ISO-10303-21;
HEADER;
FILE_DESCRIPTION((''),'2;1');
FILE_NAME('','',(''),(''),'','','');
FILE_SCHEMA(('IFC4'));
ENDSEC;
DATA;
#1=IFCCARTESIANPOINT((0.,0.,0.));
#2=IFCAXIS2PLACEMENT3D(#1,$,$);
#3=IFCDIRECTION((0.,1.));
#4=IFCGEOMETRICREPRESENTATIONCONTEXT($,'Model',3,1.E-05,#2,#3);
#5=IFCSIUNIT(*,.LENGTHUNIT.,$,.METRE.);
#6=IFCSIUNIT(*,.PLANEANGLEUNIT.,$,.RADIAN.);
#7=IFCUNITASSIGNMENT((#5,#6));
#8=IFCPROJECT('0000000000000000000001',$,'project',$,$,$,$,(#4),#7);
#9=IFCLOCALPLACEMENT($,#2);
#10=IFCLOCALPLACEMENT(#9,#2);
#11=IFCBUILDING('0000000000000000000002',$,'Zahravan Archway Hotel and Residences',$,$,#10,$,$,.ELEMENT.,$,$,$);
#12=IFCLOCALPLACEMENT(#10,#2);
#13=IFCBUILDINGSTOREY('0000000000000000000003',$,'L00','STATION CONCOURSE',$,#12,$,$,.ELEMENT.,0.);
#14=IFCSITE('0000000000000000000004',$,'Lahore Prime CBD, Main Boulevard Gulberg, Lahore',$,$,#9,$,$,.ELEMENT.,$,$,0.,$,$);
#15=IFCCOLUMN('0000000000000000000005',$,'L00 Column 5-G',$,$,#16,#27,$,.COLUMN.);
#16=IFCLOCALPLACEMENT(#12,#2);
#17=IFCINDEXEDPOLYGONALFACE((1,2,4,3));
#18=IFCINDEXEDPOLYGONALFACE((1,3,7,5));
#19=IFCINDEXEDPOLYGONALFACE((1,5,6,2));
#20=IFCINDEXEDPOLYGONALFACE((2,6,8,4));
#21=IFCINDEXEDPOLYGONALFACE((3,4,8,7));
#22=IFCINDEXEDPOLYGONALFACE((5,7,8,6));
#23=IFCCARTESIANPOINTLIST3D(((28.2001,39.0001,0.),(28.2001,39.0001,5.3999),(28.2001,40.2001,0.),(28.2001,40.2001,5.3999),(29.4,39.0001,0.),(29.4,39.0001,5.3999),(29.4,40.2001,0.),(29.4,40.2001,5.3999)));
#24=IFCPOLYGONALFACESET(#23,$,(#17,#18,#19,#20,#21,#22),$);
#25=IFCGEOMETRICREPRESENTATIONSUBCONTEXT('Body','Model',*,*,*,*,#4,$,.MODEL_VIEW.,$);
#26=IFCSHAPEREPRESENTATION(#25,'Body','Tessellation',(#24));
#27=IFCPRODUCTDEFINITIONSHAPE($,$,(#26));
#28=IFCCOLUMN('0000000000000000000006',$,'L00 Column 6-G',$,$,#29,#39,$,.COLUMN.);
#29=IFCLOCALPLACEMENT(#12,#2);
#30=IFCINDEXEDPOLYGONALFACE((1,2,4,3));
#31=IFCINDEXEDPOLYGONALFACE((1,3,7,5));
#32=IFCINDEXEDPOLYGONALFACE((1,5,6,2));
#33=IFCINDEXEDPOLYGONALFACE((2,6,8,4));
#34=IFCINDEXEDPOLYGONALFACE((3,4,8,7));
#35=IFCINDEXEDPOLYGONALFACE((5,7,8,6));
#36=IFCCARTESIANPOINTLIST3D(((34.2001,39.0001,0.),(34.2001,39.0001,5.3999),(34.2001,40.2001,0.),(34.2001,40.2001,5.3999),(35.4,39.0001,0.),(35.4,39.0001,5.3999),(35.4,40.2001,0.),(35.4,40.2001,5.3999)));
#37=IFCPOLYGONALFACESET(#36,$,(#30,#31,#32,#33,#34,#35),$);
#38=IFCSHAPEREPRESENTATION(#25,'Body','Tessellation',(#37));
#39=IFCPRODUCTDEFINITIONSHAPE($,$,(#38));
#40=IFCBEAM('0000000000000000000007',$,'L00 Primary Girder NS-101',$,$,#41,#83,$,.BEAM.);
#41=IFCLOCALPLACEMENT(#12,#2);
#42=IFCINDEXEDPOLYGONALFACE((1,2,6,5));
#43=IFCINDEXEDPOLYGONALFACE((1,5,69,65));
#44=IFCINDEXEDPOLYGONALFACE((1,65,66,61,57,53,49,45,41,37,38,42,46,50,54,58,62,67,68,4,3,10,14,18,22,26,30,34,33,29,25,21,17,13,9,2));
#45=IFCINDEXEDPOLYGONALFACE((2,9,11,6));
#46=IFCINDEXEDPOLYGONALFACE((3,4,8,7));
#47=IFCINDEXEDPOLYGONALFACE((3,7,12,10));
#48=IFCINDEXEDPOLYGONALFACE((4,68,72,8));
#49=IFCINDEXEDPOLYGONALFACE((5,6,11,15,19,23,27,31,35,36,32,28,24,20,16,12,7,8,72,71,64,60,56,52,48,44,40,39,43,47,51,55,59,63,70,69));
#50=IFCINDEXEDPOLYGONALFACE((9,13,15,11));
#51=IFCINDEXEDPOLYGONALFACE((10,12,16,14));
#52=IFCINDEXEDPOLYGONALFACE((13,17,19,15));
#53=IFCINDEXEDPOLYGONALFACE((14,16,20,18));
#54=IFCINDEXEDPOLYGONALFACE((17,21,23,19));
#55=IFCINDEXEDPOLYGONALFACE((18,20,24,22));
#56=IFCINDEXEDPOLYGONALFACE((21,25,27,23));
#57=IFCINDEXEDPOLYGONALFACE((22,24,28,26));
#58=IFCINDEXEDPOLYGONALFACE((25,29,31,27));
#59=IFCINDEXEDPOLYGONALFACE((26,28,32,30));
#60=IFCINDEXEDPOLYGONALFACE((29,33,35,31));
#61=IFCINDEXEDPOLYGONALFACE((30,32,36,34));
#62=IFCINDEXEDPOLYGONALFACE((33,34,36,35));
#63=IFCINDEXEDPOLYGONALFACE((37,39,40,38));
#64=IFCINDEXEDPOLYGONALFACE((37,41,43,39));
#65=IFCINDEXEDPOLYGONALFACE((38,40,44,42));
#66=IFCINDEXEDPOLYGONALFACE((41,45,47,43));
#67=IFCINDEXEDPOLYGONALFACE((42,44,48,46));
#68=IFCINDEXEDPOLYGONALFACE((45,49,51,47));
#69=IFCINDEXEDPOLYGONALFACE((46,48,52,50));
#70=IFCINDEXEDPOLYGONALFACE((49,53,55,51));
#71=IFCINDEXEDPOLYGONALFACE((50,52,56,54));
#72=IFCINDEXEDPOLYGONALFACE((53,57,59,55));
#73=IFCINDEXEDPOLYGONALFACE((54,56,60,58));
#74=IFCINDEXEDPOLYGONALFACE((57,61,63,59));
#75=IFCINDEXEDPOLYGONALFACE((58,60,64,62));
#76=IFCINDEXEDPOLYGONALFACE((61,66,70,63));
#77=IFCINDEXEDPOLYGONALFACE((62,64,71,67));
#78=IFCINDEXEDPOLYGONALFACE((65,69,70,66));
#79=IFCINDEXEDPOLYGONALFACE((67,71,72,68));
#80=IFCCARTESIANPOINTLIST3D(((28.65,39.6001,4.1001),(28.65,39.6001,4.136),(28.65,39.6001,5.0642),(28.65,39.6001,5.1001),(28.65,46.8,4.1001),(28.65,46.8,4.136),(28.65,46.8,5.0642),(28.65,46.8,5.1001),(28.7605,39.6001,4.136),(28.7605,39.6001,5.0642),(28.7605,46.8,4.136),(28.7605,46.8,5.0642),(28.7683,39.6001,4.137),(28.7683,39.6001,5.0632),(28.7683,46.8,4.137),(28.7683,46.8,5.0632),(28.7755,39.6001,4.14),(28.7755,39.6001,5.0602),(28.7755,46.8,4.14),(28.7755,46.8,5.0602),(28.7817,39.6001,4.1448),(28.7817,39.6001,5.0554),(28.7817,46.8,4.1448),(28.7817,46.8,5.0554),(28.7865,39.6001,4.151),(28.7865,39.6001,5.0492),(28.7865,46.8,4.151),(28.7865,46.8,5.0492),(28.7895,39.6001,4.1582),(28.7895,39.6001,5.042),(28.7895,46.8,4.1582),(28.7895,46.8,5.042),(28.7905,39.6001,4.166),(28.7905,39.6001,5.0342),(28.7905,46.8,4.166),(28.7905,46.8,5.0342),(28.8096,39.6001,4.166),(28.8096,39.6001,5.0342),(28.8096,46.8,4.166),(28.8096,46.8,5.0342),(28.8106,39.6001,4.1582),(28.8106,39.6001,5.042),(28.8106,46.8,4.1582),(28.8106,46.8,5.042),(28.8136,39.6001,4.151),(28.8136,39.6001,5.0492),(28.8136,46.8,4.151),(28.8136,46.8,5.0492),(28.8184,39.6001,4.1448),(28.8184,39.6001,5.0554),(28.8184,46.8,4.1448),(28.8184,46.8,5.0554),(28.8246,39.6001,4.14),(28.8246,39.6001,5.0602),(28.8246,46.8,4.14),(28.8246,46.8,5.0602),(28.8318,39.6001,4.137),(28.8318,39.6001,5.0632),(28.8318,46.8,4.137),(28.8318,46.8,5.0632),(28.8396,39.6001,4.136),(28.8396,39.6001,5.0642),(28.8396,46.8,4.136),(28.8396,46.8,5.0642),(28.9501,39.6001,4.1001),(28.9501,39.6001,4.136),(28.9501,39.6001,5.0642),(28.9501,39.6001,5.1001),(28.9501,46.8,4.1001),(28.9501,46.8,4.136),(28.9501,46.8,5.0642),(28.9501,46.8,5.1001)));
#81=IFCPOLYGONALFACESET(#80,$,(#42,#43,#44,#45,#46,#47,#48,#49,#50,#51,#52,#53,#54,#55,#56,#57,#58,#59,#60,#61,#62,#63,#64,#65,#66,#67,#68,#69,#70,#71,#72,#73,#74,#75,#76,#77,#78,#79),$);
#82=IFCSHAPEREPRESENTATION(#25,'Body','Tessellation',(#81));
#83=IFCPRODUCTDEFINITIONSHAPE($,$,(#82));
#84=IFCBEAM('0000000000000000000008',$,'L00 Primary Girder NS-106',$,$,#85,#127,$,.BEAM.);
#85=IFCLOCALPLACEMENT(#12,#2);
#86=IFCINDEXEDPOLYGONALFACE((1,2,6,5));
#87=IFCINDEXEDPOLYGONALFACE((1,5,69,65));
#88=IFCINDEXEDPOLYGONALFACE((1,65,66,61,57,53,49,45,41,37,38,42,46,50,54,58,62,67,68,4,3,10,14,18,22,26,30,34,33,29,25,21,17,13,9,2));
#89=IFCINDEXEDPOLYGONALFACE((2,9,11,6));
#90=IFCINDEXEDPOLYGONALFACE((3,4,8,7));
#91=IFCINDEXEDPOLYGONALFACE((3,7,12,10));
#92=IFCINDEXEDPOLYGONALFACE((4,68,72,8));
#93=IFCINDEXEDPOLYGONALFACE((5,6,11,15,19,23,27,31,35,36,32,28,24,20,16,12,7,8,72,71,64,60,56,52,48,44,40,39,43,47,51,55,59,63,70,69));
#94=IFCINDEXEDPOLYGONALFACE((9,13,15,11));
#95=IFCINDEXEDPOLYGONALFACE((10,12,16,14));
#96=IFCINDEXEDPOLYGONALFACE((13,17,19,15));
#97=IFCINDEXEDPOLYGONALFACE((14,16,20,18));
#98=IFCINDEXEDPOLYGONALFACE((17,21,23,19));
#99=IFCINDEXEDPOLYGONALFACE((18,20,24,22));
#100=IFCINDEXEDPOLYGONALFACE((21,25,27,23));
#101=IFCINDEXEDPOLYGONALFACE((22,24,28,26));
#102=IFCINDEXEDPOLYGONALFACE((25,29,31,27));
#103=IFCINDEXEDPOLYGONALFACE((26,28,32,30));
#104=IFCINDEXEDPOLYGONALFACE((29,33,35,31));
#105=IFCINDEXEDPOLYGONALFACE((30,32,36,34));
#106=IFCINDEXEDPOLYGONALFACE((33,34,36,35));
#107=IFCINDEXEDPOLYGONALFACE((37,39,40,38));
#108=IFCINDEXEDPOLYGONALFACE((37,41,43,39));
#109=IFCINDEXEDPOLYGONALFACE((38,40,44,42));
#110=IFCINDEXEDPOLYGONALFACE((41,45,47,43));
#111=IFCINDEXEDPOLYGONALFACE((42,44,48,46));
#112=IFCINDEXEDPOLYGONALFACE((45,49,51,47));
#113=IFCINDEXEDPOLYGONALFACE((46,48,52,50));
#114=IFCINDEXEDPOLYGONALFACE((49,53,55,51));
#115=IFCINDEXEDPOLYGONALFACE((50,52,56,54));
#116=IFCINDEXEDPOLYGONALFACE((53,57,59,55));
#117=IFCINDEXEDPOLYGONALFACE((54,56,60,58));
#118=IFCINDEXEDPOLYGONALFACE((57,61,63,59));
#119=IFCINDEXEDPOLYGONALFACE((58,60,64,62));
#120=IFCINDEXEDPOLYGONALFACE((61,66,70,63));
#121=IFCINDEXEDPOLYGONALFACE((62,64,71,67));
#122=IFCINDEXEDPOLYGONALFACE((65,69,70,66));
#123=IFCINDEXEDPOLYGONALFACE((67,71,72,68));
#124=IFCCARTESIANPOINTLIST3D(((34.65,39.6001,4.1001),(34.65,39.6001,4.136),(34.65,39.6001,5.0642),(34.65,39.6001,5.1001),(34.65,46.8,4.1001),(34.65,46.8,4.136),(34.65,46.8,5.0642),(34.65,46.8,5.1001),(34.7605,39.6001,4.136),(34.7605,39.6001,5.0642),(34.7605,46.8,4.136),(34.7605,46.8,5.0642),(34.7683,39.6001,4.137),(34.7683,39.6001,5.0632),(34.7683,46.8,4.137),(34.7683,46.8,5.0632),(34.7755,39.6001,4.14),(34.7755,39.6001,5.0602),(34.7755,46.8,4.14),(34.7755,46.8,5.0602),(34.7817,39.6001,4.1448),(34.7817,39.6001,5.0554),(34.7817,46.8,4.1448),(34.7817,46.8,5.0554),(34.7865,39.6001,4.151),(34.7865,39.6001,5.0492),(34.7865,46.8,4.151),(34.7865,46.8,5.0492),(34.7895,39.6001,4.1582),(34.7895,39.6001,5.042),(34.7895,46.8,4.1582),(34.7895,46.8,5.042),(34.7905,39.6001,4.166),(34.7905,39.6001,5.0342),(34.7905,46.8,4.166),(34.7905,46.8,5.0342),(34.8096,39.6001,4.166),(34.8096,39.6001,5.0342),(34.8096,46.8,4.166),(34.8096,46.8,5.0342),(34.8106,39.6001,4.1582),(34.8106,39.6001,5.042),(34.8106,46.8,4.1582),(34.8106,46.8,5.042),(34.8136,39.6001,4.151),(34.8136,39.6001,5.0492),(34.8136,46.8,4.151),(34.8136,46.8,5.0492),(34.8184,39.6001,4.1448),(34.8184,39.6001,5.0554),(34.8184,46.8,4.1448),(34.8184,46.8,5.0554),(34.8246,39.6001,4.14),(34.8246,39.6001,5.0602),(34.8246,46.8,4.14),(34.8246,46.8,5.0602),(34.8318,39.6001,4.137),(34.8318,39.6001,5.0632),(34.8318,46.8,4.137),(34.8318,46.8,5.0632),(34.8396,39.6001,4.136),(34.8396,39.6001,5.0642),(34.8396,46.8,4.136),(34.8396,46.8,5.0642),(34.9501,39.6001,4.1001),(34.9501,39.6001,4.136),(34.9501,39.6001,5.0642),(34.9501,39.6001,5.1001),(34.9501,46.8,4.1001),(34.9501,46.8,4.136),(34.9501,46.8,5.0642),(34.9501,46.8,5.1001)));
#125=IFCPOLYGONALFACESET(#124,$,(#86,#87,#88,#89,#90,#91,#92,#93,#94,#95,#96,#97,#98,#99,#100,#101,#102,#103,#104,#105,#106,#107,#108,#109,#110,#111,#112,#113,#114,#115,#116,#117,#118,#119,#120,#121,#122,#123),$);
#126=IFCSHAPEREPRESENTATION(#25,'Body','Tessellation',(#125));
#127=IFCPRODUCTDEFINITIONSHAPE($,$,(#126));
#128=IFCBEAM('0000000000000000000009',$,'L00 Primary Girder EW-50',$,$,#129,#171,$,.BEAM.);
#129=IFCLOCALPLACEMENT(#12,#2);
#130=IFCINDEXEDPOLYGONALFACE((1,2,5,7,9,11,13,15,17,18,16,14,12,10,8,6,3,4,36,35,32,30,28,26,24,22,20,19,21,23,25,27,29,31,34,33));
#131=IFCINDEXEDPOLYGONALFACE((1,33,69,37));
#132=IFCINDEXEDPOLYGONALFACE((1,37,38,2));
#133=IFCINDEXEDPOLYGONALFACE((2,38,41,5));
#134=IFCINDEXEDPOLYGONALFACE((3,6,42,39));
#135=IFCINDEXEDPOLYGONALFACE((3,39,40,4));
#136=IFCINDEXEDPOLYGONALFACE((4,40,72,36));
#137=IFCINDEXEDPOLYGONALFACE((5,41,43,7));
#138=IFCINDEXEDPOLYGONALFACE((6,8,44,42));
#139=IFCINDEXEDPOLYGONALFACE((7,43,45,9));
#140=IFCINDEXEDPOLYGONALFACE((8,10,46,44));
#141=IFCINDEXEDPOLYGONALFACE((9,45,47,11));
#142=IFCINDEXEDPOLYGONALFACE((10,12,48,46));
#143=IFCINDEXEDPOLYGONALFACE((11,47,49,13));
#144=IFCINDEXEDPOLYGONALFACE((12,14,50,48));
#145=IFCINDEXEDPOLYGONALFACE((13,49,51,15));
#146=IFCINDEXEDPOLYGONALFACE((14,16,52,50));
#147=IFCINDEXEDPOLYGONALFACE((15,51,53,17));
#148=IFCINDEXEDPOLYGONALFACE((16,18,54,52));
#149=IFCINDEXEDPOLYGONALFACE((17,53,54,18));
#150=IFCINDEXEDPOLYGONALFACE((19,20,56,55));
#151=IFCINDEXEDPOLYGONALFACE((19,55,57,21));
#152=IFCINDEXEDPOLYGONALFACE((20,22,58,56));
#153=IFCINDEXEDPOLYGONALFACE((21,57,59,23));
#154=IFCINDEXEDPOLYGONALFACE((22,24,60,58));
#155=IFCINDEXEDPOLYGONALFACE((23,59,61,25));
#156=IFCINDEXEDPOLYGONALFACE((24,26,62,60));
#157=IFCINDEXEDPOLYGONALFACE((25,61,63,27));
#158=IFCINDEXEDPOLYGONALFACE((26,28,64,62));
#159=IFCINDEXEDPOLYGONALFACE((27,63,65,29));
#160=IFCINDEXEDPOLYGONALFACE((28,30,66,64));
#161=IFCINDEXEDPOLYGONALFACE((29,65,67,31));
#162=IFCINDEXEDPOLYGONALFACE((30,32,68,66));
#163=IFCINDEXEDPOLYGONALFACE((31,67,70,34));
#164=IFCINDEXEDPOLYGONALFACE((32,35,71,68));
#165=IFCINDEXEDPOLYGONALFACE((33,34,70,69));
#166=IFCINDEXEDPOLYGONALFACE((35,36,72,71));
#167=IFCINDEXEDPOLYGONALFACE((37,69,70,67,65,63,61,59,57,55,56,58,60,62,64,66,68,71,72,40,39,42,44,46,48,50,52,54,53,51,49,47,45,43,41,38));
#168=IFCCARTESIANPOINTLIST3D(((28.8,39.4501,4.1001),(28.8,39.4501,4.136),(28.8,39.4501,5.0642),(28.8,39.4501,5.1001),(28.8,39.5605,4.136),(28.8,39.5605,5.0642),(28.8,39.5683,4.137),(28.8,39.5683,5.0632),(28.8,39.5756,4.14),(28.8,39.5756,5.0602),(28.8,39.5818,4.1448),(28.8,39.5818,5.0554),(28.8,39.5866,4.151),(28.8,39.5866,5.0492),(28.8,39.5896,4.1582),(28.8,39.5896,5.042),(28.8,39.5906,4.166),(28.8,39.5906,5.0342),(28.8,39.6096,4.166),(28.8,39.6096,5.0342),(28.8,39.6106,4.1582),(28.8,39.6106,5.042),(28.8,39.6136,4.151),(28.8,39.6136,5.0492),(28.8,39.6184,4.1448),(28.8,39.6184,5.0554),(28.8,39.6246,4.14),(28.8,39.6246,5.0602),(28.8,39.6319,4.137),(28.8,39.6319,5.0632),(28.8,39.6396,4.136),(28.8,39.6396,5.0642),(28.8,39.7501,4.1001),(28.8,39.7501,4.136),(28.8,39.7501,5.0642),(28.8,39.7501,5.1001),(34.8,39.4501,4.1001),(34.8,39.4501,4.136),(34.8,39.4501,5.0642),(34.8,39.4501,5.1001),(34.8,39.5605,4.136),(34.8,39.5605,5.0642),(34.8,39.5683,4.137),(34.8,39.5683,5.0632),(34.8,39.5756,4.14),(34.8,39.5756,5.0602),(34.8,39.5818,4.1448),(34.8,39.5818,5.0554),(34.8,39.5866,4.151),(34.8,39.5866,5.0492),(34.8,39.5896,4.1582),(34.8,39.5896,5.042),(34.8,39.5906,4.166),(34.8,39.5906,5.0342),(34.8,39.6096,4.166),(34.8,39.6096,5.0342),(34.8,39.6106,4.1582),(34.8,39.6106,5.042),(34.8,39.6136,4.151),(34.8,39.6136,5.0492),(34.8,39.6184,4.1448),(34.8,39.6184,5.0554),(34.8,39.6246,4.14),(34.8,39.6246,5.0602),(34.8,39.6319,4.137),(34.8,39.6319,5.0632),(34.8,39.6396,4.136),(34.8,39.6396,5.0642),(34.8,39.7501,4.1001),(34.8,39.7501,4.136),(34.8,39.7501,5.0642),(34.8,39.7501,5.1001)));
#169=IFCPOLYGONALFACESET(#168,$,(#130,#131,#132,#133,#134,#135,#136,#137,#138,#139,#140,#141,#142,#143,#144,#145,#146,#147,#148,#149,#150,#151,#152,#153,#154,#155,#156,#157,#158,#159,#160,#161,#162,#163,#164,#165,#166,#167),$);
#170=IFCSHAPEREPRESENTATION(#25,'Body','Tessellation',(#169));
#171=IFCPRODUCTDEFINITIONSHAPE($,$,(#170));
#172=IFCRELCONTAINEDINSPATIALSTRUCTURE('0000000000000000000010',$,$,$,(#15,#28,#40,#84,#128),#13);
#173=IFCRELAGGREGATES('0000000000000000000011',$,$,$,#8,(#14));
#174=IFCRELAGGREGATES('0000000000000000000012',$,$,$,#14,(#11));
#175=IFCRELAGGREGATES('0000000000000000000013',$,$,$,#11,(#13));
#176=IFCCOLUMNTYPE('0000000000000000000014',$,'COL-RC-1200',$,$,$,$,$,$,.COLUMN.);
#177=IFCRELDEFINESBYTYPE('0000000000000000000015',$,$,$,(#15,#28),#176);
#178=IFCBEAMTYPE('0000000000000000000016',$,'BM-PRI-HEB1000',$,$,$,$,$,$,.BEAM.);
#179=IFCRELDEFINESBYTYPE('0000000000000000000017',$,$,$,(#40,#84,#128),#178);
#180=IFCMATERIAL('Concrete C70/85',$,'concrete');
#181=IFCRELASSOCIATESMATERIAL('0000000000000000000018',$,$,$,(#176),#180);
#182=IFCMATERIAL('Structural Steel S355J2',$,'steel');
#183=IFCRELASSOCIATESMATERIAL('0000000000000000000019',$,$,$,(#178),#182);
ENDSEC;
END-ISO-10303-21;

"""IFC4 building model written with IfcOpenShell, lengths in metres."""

from ifc_helpers import new_model, si_unit, direction, frame, origin, origin_2d, place, context, subcontext, project, spatial, rectangle, i_section, extrude, source, transform, mapped, material, material_profile, profile_set, type_object, element, save


model = new_model("IFC4")

# Units and contexts
model_context = context("Model", 3, precision=1e-05, world=origin(), true_north=direction((0.0, 1.0)))
body_context = subcontext(model_context, "Body", "Model", "MODEL_VIEW")
ifc_project = project(units=[si_unit("LENGTHUNIT", "METRE"), si_unit("PLANEANGLEUNIT", "RADIAN")], contexts=[model_context])

# Site, building, storey
site_placement = place(None, origin())
site = spatial("IfcSite", under=ifc_project, at=site_placement, Name="Lahore Prime CBD, Main Boulevard Gulberg, Lahore", CompositionType="ELEMENT", RefElevation=0.0)
building_placement = place(site_placement, origin())
building = spatial("IfcBuilding", under=site, at=building_placement, Name="Zahravan Archway Hotel and Residences", CompositionType="ELEMENT")
storey_placement = place(building_placement, origin())
storey = spatial("IfcBuildingStorey", under=building, at=storey_placement, Name="L00", Description="STATION CONCOURSE", CompositionType="ELEMENT", Elevation=0.0)

# Columns
ifc_material_1 = material(Name="Concrete C70/85", Category="concrete")
ifc_material_profile_1 = material_profile(ifc_material_1, rectangle(XDim=1.2, YDim=1.2, at=origin_2d()), Name="RC-COL-1200x1200", Category="concrete")
ifc_profile_set_1 = profile_set([ifc_material_profile_1], Name="Concrete C70/85")
column_type = type_object("IfcColumnType", Name="COL-RC-1200", PredefinedType="COLUMN", material=ifc_profile_set_1)
shared_shape_1 = source(origin(), body_context, "Body", "SweptSolid", [
    extrude(rectangle(XDim=1.2, YDim=1.2, at=origin_2d()), origin(), (0.0, 0.0, 1.0), 5.3999),
])
for number, where, z_axis, x_axis, name in (
    (1, (28.8, 39.6001, 0.0), (0.0, 0.0, 1.0), (1.0, 0.0, 0.0), "L00 Column 5-G"),
    (2, (34.8, 39.6001, 0.0), (0.0, 0.0, 1.0), (1.0, 0.0, 0.0), "L00 Column 6-G"),
):
    element("IfcColumn", number, at=place(storey_placement, frame(where, z_axis=z_axis, x_axis=x_axis)), inside=storey, type_object=column_type, Name=name, PredefinedType="COLUMN", context=body_context, shape_type="MappedRepresentation", body=[
        mapped(shared_shape_1, transform((0.0, 0.0, 0.0), scale=1.0)),
    ])

# Beams
ifc_material_2 = material(Name="Structural Steel S355J2", Category="steel")
ifc_material_profile_2 = material_profile(ifc_material_2, i_section(OverallWidth=0.3, OverallDepth=1.0, WebThickness=0.019, FlangeThickness=0.0359, FilletRadius=0.03, at=origin_2d()), Name="HEB 1000", Category="steel")
ifc_profile_set_2 = profile_set([ifc_material_profile_2], Name="Structural Steel S355J2")
beam_type_1 = type_object("IfcBeamType", Name="BM-PRI-HEB1000", PredefinedType="BEAM", material=ifc_profile_set_2)
shared_shape_2 = source(origin(), body_context, "Body", "SweptSolid", [
    extrude(i_section(OverallWidth=0.3, OverallDepth=1.0, WebThickness=0.019, FlangeThickness=0.0359, FilletRadius=0.03, at=origin_2d()), origin(), (0.0, 0.0, 1.0), 7.2),
])
for number, where, z_axis, x_axis, name in (
    (3, (28.8, 39.6001, 4.6001), (0.0, 1.0, 0.0), (-1.0, 0.0, 0.0), "L00 Primary Girder NS-101"),
    (4, (34.8, 39.6001, 4.6001), (0.0, 1.0, 0.0), (-1.0, 0.0, 0.0), "L00 Primary Girder NS-106"),
):
    element("IfcBeam", number, at=place(storey_placement, frame(where, z_axis=z_axis, x_axis=x_axis)), inside=storey, type_object=beam_type_1, Name=name, PredefinedType="BEAM", context=body_context, shape_type="MappedRepresentation", body=[
        mapped(shared_shape_2, transform((0.0, 0.0, 0.0), scale=1.0)),
    ])
shared_shape_3 = source(origin(), body_context, "Body", "SweptSolid", [
    extrude(i_section(OverallWidth=0.3, OverallDepth=1.0, WebThickness=0.019, FlangeThickness=0.0359, FilletRadius=0.03, at=origin_2d()), origin(), (0.0, 0.0, 1.0), 6.0),
])
beam_1_placement = place(storey_placement, frame((28.8, 39.6001, 4.6001), z_axis=(1.0, 0.0, 0.0), x_axis=(0.0, 1.0, 0.0)))
element("IfcBeam", 5, at=beam_1_placement, inside=storey, type_object=beam_type_1, Name="L00 Primary Girder EW-50", PredefinedType="BEAM", context=body_context, shape_type="MappedRepresentation", body=[
    mapped(shared_shape_3, transform((0.0, 0.0, 0.0), scale=1.0)),
])

save(model, "model.ifc")
